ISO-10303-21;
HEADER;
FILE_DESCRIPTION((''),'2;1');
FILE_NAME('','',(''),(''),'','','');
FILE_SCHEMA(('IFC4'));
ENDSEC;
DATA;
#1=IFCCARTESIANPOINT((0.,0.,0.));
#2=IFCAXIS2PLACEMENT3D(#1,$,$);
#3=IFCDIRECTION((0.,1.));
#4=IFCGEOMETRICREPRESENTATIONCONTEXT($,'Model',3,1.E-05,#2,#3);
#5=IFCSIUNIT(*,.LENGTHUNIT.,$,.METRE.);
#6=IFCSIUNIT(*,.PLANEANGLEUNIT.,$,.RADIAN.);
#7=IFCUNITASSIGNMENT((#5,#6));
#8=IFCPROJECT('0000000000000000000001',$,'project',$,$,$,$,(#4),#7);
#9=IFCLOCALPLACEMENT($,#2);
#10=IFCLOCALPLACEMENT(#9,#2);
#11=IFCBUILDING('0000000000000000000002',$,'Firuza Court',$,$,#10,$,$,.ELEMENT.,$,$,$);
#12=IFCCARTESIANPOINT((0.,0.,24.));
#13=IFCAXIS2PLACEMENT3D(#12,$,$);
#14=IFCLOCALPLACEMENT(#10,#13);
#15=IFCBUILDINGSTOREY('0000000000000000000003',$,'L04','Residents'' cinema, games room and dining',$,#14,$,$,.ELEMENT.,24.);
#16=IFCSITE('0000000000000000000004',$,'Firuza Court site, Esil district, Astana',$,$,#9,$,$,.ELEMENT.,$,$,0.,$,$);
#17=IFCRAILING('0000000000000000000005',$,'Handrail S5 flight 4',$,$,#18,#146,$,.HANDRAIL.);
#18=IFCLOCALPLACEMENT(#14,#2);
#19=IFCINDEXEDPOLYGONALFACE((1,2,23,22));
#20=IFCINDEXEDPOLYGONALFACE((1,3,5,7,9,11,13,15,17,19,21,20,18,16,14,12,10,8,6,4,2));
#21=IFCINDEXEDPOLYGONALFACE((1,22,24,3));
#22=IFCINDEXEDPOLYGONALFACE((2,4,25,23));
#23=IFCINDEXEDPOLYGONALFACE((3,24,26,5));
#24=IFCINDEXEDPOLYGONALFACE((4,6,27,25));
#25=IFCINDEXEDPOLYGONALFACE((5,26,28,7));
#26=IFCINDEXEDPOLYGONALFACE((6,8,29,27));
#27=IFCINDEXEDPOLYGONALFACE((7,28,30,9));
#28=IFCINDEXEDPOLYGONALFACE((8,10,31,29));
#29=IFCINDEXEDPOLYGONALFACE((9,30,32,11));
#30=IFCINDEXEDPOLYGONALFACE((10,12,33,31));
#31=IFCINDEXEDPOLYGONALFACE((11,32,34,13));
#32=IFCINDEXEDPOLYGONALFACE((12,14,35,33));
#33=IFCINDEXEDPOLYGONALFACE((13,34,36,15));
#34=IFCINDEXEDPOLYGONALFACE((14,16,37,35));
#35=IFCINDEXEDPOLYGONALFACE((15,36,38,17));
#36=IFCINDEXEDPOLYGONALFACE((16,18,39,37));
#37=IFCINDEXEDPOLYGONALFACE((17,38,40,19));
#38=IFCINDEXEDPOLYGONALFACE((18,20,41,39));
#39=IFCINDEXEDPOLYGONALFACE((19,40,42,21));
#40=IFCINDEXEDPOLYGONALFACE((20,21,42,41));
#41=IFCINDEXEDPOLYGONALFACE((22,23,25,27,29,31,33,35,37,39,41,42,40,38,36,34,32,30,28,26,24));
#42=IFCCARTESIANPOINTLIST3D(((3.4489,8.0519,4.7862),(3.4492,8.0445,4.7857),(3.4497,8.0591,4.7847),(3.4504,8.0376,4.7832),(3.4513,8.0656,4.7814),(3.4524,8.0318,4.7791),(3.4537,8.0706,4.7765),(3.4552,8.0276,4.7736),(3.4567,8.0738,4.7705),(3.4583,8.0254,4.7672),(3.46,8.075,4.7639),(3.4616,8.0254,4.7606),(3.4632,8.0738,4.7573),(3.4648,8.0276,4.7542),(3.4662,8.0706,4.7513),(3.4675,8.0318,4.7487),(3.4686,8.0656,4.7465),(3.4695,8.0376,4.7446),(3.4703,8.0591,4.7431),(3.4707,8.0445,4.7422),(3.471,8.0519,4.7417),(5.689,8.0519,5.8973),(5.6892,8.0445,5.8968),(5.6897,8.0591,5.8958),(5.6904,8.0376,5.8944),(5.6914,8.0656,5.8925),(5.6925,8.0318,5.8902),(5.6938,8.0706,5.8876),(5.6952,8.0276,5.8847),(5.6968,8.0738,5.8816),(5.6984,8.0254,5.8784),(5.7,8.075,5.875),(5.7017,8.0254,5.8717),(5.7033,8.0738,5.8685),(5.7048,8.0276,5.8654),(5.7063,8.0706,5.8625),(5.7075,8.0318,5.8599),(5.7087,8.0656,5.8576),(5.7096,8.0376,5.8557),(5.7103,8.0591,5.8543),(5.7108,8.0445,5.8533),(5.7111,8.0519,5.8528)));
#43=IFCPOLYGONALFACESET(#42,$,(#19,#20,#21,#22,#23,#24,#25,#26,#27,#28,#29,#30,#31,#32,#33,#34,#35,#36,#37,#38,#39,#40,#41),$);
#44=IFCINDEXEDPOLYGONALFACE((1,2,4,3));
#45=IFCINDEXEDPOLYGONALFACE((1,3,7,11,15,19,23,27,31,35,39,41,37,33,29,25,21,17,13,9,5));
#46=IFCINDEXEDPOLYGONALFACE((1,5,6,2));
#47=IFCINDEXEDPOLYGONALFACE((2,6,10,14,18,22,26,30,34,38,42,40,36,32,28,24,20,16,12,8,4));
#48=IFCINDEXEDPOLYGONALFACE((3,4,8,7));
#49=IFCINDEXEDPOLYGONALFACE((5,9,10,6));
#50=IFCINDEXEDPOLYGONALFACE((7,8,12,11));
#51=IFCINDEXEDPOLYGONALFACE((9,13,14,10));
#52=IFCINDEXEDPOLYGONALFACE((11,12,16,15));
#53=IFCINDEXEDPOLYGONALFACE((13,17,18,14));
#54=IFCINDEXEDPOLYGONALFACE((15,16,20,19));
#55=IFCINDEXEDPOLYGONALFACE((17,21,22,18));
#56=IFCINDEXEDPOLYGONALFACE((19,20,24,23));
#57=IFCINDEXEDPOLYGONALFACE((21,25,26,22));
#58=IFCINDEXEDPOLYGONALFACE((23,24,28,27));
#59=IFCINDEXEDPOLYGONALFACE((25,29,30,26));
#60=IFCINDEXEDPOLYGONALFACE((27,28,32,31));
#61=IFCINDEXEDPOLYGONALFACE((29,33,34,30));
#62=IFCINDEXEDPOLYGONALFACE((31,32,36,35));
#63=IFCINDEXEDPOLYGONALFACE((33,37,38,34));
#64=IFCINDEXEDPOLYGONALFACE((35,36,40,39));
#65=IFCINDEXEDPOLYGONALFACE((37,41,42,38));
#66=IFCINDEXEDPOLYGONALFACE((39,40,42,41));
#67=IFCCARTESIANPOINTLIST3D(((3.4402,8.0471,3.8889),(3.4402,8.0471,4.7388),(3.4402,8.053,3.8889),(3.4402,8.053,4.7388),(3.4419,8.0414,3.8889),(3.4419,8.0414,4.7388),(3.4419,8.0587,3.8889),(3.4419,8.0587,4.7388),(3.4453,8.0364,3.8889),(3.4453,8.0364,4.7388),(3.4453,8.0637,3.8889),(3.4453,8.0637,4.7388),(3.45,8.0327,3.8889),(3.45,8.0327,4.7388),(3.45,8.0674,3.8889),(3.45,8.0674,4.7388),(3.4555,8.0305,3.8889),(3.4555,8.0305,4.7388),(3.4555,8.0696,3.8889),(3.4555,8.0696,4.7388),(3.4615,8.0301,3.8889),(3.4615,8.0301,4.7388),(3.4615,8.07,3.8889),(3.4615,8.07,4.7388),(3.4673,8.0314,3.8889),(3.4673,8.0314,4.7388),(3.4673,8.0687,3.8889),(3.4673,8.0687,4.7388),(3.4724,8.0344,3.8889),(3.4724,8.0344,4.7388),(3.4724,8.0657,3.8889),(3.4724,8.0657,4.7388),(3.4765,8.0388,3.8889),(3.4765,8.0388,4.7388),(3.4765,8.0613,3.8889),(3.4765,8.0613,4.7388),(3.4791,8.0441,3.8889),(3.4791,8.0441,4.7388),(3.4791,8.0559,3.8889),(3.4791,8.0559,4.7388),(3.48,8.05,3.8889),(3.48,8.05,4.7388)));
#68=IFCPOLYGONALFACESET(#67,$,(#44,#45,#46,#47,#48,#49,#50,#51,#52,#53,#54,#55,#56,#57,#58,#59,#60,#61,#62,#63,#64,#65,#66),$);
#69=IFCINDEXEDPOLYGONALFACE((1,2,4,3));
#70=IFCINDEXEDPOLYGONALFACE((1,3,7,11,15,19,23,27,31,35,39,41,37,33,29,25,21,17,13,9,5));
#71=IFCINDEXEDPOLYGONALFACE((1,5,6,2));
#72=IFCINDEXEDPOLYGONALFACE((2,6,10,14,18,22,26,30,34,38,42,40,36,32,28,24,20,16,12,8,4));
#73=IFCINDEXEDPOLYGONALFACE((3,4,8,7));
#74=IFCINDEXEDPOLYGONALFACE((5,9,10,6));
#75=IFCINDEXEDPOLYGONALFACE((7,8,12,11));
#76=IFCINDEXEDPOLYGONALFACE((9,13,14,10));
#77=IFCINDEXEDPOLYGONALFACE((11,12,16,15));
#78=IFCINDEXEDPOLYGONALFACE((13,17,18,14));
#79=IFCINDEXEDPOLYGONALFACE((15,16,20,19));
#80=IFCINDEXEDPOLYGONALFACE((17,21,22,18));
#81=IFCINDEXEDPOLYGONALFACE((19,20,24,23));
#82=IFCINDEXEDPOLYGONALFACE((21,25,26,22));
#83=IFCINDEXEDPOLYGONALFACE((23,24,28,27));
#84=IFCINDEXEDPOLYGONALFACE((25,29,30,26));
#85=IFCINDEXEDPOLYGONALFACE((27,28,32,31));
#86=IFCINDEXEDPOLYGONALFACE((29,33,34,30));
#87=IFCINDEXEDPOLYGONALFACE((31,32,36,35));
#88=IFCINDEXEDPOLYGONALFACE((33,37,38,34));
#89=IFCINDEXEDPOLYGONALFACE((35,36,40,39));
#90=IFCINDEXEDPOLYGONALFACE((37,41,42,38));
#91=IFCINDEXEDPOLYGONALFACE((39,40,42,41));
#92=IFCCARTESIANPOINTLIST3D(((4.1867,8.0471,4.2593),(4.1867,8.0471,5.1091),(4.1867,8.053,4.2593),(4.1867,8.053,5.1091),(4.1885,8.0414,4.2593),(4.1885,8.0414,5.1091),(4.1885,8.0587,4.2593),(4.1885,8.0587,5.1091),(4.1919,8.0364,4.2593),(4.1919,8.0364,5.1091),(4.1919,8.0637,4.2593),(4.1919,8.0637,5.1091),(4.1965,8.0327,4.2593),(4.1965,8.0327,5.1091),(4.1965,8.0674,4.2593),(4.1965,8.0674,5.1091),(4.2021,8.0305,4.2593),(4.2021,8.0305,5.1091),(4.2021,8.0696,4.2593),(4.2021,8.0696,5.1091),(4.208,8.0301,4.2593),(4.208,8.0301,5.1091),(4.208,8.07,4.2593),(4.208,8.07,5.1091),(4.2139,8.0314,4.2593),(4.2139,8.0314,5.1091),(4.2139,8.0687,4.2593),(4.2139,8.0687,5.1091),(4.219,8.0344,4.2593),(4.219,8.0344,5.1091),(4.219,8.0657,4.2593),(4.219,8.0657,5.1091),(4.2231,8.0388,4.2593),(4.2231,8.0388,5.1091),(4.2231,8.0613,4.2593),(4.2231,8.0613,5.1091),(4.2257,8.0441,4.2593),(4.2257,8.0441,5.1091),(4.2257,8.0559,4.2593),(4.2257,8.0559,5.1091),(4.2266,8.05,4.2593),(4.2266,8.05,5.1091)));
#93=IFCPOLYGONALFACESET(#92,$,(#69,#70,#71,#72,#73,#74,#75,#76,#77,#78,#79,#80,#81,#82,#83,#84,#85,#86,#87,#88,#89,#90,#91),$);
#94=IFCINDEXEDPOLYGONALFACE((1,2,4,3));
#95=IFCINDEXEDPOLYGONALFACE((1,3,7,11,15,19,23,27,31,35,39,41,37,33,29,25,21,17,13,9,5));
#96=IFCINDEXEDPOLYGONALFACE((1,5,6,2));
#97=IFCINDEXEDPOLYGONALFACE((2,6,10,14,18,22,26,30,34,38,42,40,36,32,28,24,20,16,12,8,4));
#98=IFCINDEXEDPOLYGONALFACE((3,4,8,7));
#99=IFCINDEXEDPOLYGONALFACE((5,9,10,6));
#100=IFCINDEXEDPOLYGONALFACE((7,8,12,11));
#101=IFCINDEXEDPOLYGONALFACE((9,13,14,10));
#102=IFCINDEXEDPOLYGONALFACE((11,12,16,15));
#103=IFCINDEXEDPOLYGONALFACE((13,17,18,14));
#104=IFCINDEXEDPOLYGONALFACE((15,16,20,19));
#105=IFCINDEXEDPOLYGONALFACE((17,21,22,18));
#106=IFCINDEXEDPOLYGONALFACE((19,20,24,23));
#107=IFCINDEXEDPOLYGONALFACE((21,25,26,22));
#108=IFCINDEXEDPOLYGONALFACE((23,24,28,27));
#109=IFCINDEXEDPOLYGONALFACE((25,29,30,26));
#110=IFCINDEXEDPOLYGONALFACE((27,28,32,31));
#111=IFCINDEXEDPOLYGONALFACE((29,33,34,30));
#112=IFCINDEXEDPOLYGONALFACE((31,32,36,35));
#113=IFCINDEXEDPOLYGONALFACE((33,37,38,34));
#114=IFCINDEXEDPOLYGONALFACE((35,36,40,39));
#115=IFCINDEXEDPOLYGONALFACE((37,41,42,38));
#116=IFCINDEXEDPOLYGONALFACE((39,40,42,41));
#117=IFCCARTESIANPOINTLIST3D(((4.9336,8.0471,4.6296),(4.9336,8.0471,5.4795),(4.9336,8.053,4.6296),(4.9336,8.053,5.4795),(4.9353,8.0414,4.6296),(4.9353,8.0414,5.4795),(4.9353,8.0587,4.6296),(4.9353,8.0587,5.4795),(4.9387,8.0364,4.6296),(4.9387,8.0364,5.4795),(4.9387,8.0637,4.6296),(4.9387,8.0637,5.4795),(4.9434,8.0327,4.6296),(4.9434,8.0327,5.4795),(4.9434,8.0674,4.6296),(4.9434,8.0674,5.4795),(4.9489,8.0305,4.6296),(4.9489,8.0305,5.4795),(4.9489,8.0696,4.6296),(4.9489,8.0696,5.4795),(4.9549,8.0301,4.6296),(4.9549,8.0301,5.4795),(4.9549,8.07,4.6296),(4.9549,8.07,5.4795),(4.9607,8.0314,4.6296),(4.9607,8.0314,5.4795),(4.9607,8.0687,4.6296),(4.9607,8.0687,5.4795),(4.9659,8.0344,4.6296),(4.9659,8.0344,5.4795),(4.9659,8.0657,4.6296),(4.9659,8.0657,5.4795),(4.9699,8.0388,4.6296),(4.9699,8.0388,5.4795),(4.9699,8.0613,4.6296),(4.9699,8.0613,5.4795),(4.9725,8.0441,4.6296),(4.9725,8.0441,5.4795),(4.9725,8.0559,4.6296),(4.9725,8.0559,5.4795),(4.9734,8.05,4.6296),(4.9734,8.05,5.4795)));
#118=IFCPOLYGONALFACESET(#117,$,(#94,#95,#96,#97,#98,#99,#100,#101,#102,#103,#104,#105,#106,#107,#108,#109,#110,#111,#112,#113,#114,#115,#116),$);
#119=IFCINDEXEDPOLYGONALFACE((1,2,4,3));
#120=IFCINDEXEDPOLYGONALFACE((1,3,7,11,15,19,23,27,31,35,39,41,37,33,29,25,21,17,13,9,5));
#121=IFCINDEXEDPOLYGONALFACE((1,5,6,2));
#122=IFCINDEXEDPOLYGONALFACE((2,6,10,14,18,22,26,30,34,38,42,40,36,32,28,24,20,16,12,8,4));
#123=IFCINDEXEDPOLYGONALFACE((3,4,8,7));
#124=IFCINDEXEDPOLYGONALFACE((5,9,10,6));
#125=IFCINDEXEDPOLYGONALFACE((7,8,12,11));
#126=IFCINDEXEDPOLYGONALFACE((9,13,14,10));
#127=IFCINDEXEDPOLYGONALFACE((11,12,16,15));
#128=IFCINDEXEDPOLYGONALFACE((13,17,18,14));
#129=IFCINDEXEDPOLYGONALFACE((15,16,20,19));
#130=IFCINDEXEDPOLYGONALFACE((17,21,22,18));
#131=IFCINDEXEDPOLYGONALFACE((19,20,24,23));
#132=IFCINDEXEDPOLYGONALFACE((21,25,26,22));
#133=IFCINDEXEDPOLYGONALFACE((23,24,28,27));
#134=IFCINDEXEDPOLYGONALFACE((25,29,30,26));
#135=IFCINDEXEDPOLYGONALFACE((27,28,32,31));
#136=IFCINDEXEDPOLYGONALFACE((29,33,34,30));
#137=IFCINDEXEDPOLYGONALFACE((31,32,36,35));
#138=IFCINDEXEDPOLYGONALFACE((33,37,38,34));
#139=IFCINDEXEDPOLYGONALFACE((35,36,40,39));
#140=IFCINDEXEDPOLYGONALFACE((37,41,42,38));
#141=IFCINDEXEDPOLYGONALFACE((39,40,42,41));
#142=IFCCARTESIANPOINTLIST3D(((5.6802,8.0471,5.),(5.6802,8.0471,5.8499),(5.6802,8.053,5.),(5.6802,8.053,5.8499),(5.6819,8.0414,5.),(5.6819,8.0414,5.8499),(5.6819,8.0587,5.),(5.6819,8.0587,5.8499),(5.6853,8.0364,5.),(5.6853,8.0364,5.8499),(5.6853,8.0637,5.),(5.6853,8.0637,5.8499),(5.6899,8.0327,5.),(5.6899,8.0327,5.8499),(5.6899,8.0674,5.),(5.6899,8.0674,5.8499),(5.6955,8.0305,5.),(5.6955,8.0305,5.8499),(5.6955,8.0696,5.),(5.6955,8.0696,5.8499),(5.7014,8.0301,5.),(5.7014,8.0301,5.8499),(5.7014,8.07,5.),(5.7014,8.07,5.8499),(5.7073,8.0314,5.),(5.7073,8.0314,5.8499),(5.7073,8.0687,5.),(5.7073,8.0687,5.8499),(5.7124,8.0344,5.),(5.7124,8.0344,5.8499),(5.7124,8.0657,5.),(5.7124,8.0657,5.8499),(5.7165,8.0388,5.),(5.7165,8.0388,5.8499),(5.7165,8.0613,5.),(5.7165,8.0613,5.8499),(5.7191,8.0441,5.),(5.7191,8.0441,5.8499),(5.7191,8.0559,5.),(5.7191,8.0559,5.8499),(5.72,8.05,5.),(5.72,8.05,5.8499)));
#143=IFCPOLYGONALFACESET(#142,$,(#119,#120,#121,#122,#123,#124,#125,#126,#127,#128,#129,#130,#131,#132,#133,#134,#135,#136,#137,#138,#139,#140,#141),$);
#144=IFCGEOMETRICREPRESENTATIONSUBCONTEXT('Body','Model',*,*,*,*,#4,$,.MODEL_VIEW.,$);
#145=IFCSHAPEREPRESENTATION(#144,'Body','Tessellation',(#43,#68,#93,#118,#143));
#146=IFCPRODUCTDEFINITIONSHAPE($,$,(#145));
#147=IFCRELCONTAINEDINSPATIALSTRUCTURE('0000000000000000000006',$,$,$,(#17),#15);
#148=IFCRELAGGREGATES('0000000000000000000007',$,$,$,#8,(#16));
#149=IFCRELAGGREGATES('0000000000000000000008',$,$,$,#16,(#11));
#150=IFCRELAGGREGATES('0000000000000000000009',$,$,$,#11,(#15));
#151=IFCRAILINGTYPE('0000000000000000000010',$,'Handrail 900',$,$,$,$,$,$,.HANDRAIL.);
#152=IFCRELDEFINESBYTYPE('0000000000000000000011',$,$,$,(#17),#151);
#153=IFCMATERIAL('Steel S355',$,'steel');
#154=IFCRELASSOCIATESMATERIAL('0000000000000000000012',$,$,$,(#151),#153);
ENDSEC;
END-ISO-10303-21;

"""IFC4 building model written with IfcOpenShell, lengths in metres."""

from ifc_helpers import new_model, si_unit, direction, frame, origin, origin_2d, place, context, subcontext, project, spatial, circle, extrude, material, type_object, element, save


model = new_model("IFC4")

# Units and contexts
model_context = context("Model", 3, precision=1e-05, world=origin(), true_north=direction((0.0, 1.0)))
body_context = subcontext(model_context, "Body", "Model", "MODEL_VIEW")
ifc_project = project(units=[si_unit("LENGTHUNIT", "METRE"), si_unit("PLANEANGLEUNIT", "RADIAN")], contexts=[model_context])

# Site, building, storey
site_placement = place(None, origin())
site = spatial("IfcSite", under=ifc_project, at=site_placement, Name="Firuza Court site, Esil district, Astana", CompositionType="ELEMENT", RefElevation=0.0)
building_placement = place(site_placement, origin())
building = spatial("IfcBuilding", under=site, at=building_placement, Name="Firuza Court", CompositionType="ELEMENT")
storey_placement = place(building_placement, frame((0.0, 0.0, 24.0)))
storey = spatial("IfcBuildingStorey", under=building, at=storey_placement, Name="L04", Description="Residents' cinema, games room and dining", CompositionType="ELEMENT", Elevation=24.0)

# Railing
ifc_material_1 = material(Name="Steel S355", Category="steel")
railing_type = type_object("IfcRailingType", Name="Handrail 900", PredefinedType="HANDRAIL", material=ifc_material_1)
for number, where, name in (
    (1, (3.46, 8.05, 3.8889), "Handrail S5 flight 4"),
):
    element("IfcRailing", number, at=place(storey_placement, frame(where)), inside=storey, type_object=railing_type, Name=name, PredefinedType="HANDRAIL", context=body_context, shape_type="SweptSolid", body=[
        extrude(circle(Radius=0.0249, at=origin_2d()), frame((0.0, 0.0, 0.875), z_axis=(0.895848, 0.0, 0.44436), x_axis=(0.0, 1.0, 0.0)), (0.0, 0.0, 1.0), 2.5005),
        extrude(circle(Radius=0.02, at=origin_2d()), origin(), (0.0, 0.0, 1.0), 0.8499),
        extrude(circle(Radius=0.02, at=origin_2d()), frame((0.7466, 0.0, 0.3704)), (0.0, 0.0, 1.0), 0.8499),
        extrude(circle(Radius=0.02, at=origin_2d()), frame((1.4934, 0.0, 0.7407)), (0.0, 0.0, 1.0), 0.8499),
        extrude(circle(Radius=0.02, at=origin_2d()), frame((2.24, 0.0, 1.1111)), (0.0, 0.0, 1.0), 0.8499),
    ])

save(model, "model.ifc")
